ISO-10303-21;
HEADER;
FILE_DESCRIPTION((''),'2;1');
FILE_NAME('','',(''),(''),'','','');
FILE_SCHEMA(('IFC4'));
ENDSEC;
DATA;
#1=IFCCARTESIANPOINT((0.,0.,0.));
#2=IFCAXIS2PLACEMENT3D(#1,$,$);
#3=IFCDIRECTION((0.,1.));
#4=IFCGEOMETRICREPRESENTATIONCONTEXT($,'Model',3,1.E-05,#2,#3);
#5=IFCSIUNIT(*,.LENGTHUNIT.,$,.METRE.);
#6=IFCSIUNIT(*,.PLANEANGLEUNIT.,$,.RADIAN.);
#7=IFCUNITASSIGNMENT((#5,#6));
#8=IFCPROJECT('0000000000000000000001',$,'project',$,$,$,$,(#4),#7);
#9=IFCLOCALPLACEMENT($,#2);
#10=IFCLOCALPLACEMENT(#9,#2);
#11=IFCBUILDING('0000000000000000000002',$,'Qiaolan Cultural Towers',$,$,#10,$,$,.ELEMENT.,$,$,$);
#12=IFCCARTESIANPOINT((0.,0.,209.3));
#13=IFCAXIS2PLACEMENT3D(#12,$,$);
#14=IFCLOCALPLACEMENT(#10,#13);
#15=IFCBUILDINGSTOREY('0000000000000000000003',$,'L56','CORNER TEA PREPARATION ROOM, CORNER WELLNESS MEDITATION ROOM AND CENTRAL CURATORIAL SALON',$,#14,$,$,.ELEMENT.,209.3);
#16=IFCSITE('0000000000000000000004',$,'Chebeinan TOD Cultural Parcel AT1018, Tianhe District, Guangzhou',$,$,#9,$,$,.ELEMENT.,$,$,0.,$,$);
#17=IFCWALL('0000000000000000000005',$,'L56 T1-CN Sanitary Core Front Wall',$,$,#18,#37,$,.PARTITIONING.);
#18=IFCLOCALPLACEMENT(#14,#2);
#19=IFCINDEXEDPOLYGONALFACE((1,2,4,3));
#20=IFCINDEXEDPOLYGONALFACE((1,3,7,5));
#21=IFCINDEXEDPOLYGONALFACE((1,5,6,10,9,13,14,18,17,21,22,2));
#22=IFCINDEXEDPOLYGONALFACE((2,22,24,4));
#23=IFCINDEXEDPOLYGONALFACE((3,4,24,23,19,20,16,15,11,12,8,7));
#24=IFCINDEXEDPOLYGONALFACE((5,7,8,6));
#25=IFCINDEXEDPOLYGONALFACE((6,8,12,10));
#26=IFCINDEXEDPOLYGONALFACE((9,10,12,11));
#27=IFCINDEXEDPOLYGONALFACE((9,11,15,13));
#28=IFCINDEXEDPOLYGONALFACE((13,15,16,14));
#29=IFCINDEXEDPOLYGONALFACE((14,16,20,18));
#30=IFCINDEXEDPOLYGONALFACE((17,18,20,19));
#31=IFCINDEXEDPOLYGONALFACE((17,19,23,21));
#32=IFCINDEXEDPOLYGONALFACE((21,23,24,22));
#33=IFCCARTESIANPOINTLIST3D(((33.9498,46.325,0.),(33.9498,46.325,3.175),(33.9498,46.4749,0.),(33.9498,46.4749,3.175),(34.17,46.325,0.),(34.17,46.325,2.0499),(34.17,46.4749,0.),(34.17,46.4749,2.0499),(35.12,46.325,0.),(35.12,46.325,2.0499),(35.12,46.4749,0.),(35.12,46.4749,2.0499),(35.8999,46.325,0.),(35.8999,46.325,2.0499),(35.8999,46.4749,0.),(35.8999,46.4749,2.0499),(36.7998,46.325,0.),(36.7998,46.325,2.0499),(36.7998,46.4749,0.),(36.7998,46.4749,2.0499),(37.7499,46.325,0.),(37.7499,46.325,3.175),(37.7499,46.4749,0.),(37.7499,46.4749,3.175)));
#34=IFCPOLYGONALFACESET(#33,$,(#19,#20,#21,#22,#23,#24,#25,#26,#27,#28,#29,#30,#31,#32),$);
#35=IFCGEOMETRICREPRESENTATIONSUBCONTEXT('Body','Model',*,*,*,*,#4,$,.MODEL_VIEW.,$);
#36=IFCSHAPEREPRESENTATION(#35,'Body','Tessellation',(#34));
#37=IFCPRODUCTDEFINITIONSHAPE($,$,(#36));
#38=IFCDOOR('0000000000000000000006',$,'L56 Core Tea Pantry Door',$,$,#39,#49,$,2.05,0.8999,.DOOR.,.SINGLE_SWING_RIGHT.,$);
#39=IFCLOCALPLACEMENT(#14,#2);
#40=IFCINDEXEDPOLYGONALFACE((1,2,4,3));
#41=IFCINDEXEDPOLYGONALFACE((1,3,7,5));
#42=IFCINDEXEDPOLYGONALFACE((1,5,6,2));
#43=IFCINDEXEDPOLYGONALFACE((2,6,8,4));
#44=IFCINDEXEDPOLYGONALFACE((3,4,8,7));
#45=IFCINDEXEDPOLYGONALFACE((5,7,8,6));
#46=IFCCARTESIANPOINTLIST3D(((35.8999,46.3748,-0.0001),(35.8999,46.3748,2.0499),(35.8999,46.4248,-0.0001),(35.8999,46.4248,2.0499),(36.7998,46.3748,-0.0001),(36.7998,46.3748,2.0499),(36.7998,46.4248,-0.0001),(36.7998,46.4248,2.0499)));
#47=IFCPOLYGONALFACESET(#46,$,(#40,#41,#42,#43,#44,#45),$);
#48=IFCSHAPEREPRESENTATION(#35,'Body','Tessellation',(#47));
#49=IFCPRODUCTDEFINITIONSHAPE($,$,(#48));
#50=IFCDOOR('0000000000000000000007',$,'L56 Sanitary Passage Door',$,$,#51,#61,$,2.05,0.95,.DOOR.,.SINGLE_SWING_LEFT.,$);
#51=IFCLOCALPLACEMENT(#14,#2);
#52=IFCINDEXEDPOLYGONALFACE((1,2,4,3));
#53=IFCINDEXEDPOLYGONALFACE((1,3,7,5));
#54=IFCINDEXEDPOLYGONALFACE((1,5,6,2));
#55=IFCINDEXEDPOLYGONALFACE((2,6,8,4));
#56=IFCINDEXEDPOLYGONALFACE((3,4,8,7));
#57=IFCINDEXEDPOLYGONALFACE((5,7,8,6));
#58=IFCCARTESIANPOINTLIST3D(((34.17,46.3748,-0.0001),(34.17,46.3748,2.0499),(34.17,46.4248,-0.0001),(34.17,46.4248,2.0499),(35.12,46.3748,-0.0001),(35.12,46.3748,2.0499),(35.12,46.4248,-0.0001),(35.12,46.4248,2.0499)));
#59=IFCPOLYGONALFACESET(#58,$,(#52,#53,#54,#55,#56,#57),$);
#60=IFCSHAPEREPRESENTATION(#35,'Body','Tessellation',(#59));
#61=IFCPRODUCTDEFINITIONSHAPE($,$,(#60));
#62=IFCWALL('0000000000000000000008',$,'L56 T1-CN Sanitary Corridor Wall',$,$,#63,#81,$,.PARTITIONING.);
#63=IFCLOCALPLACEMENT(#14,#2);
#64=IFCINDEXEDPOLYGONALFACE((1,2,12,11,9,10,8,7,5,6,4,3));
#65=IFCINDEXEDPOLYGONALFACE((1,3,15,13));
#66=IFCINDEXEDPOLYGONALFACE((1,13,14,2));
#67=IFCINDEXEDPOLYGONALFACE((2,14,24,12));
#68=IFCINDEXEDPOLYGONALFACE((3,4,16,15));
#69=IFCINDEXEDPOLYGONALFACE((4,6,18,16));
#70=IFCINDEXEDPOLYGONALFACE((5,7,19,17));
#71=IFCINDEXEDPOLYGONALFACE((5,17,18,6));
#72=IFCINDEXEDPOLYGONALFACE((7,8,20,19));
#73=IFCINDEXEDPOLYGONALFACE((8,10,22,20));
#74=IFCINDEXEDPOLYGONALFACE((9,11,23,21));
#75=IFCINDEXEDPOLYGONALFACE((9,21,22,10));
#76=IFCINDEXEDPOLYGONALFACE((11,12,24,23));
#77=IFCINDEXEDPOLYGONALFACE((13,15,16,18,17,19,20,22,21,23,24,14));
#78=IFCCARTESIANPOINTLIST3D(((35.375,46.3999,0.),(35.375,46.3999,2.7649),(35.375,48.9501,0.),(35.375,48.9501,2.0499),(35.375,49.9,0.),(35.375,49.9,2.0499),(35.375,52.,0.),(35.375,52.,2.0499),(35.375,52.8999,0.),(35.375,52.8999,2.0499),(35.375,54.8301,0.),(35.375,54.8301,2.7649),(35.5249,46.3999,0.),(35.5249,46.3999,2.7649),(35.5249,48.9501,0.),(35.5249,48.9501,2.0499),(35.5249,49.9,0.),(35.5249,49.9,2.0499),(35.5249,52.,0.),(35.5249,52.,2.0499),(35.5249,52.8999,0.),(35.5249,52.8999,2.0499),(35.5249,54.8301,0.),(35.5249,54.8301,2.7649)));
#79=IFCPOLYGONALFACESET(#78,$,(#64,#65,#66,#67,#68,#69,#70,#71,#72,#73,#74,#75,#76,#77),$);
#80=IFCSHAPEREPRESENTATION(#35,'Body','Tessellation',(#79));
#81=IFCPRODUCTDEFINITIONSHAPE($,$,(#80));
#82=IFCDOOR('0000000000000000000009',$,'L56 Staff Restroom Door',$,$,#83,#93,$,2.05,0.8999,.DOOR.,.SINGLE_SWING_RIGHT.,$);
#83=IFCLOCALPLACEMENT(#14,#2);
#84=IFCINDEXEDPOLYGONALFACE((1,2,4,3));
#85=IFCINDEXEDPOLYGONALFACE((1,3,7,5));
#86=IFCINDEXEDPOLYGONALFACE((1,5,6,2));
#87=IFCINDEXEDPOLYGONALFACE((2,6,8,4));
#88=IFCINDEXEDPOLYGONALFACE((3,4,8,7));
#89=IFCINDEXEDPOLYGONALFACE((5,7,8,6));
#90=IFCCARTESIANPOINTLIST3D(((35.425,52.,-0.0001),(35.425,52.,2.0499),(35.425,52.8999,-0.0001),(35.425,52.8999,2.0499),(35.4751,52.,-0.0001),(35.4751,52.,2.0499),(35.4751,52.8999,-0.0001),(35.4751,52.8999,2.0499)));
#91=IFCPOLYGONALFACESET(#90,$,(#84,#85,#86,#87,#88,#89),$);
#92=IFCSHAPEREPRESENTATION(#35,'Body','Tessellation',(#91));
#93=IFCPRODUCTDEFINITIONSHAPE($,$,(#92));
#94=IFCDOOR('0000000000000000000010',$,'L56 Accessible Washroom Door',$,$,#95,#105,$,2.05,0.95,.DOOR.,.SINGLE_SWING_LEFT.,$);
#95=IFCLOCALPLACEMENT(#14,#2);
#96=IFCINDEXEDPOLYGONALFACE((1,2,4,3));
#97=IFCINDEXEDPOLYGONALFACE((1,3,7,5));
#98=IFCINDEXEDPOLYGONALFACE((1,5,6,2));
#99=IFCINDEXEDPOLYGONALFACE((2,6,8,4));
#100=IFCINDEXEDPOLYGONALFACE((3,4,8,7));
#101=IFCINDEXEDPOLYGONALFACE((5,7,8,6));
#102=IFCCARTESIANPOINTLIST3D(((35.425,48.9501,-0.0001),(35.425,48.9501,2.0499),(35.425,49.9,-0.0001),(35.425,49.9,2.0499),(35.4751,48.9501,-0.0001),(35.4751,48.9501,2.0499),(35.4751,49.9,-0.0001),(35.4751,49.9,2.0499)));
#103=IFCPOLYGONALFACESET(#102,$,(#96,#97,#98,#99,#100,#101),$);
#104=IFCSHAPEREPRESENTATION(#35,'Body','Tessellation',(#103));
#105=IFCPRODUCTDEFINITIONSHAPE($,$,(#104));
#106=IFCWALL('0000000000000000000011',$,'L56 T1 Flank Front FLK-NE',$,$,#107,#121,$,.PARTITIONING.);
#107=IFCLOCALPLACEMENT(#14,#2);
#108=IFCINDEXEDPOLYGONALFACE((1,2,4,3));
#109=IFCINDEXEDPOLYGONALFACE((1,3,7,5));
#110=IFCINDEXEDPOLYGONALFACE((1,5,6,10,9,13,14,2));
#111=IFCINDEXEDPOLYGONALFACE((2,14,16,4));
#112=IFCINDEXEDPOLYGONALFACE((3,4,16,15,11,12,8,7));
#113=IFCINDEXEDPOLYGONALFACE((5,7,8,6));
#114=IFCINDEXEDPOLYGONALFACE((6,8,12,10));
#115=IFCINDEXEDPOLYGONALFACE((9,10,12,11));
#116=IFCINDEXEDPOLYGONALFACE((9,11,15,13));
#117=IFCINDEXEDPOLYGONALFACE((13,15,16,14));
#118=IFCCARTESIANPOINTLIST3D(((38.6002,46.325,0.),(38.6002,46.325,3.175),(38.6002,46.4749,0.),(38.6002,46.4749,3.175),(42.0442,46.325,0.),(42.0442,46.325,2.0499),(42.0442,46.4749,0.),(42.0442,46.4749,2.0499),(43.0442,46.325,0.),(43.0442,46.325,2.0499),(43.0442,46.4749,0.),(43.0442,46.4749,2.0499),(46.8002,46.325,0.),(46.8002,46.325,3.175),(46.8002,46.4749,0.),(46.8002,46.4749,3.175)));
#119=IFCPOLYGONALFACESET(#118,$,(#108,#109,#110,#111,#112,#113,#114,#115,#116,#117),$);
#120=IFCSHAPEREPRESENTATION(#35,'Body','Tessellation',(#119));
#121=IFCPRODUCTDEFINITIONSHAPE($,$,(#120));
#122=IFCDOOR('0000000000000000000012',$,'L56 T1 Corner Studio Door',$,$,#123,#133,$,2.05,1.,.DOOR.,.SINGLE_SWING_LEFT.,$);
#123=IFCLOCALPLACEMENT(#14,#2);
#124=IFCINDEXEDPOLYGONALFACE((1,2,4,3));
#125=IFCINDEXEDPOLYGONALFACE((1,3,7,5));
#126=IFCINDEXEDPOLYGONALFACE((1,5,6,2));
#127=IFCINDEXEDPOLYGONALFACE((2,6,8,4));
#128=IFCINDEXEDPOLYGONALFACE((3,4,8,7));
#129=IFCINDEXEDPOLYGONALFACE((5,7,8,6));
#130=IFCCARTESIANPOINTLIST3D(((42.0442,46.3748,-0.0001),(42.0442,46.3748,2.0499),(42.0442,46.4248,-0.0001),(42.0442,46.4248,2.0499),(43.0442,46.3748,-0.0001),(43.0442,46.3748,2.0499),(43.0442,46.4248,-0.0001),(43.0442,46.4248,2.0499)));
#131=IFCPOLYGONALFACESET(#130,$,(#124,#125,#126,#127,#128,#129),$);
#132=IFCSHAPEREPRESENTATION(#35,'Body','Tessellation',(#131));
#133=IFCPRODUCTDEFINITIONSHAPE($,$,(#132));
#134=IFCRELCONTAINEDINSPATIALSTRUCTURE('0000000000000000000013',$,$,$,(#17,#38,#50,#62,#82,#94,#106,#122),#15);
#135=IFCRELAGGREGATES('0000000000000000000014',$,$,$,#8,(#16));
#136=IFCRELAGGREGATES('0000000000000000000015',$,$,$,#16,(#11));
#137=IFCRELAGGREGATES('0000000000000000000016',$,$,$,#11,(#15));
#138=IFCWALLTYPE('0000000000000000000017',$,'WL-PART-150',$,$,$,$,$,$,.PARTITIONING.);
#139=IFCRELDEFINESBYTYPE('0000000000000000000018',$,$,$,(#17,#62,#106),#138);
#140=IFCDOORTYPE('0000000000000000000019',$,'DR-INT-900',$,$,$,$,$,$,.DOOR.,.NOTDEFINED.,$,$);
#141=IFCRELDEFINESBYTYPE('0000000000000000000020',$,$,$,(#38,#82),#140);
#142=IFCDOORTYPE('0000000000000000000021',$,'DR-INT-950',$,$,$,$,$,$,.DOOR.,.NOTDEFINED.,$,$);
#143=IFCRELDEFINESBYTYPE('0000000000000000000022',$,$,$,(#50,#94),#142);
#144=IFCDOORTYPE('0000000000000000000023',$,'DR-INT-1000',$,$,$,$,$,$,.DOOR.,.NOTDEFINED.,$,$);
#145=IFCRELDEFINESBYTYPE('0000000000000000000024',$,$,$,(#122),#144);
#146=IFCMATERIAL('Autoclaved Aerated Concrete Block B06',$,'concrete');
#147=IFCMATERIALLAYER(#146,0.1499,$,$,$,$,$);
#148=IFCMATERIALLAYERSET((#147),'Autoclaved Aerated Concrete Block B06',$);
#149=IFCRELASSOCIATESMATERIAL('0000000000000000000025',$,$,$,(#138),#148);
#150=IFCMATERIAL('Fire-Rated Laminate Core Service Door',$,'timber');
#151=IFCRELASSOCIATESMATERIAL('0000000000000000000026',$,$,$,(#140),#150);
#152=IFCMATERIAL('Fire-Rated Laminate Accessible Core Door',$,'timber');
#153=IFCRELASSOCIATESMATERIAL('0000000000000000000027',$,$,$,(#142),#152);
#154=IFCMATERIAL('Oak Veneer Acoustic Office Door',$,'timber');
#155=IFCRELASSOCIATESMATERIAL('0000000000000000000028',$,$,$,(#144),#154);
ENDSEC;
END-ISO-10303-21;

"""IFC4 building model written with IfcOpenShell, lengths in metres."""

from ifc_helpers import new_model, si_unit, direction, frame, frame_2d, origin, place, context, subcontext, project, spatial, rectangle, extrude, material, layer, layer_set, type_object, element, fill, save


model = new_model("IFC4")

# Units and contexts
model_context = context("Model", 3, precision=1e-05, world=origin(), true_north=direction((0.0, 1.0)))
body_context = subcontext(model_context, "Body", "Model", "MODEL_VIEW")
ifc_project = project(units=[si_unit("LENGTHUNIT", "METRE"), si_unit("PLANEANGLEUNIT", "RADIAN")], contexts=[model_context])

# Site, building, storey
site_placement = place(None, origin())
site = spatial("IfcSite", under=ifc_project, at=site_placement, Name="Chebeinan TOD Cultural Parcel AT1018, Tianhe District, Guangzhou", CompositionType="ELEMENT", RefElevation=0.0)
building_placement = place(site_placement, origin())
building = spatial("IfcBuilding", under=site, at=building_placement, Name="Qiaolan Cultural Towers", CompositionType="ELEMENT")
storey_placement = place(building_placement, frame((0.0, 0.0, 209.3)))
storey = spatial("IfcBuildingStorey", under=building, at=storey_placement, Name="L56", Description="CORNER TEA PREPARATION ROOM, CORNER WELLNESS MEDITATION ROOM AND CENTRAL CURATORIAL SALON", CompositionType="ELEMENT", Elevation=209.3)

# Shared definitions
ifc_material_1 = material(Name="Autoclaved Aerated Concrete Block B06", Category="concrete")
ifc_layer_1 = layer(ifc_material_1, 0.1499)
ifc_layer_set_1 = layer_set([ifc_layer_1], Name="Autoclaved Aerated Concrete Block B06")
wall_type_1 = type_object("IfcWallType", Name="WL-PART-150", PredefinedType="PARTITIONING", material=ifc_layer_set_1)

# Walls, openings, doors
wall_1_placement = place(storey_placement, frame((33.95, 46.3999, 0.0), z_axis=(0.0, 0.0, 1.0), x_axis=(1.0, 0.0, 0.0)))
wall_1 = element("IfcWall", 1, at=wall_1_placement, inside=storey, type_object=wall_type_1, Name="L56 T1-CN Sanitary Core Front Wall", PredefinedType="PARTITIONING", context=body_context, shape_type="SweptSolid", body=[
    extrude(rectangle(XDim=3.8, YDim=0.1499, at=frame_2d((1.8999, 0.0))), origin(), (0.0, 0.0, 1.0), 3.175),
])
opening_1_placement = place(wall_1_placement, frame((0.22, 0.0, 0.0)))
opening_1 = element("IfcOpeningElement", 2, at=opening_1_placement, cuts=wall_1, PredefinedType="OPENING", context=body_context, shape_type="SweptSolid", body=[
    extrude(rectangle(XDim=0.95, YDim=2.05, at=frame_2d((0.4751, 1.0249))), frame((0.0, 0.085, 0.0), z_axis=(0.0, -1.0, 0.0), x_axis=(1.0, 0.0, 0.0)), (0.0, 0.0, 1.0), 0.1699),
])
opening_2_placement = place(wall_1_placement, frame((1.95, 0.0, 0.0)))
opening_2 = element("IfcOpeningElement", 3, at=opening_2_placement, cuts=wall_1, PredefinedType="OPENING", context=body_context, shape_type="SweptSolid", body=[
    extrude(rectangle(XDim=0.8999, YDim=2.05, at=frame_2d((0.45, 1.0249))), frame((0.0, 0.085, 0.0), z_axis=(0.0, -1.0, 0.0), x_axis=(1.0, 0.0, 0.0)), (0.0, 0.0, 1.0), 0.1699),
])
ifc_material_2 = material(Name="Fire-Rated Laminate Core Service Door", Category="timber")
door_type_1 = type_object("IfcDoorType", Name="DR-INT-900", OperationType="NOTDEFINED", PredefinedType="DOOR", material=ifc_material_2)
door_1_placement = place(opening_2_placement, origin())
door_1 = element("IfcDoor", 4, at=door_1_placement, inside=storey, type_object=door_type_1, Name="L56 Core Tea Pantry Door", OperationType="SINGLE_SWING_RIGHT", OverallHeight=2.05, OverallWidth=0.8999, PredefinedType="DOOR", context=body_context, shape_type="SweptSolid", body=[
    extrude(rectangle(XDim=0.8999, YDim=2.05, at=frame_2d((0.45, 1.0249))), frame((0.0, 0.0249, 0.0), z_axis=(0.0, -1.0, 0.0), x_axis=(1.0, 0.0, 0.0)), (0.0, 0.0, 1.0), 0.05),
])
fill(opening_2, door_1)
ifc_material_3 = material(Name="Fire-Rated Laminate Accessible Core Door", Category="timber")
door_type_2 = type_object("IfcDoorType", Name="DR-INT-950", OperationType="NOTDEFINED", PredefinedType="DOOR", material=ifc_material_3)
door_2_placement = place(opening_1_placement, origin())
door_2 = element("IfcDoor", 5, at=door_2_placement, inside=storey, type_object=door_type_2, Name="L56 Sanitary Passage Door", OperationType="SINGLE_SWING_LEFT", OverallHeight=2.05, OverallWidth=0.95, PredefinedType="DOOR", context=body_context, shape_type="SweptSolid", body=[
    extrude(rectangle(XDim=0.95, YDim=2.05, at=frame_2d((0.4751, 1.0249))), frame((0.0, 0.0249, 0.0), z_axis=(0.0, -1.0, 0.0), x_axis=(1.0, 0.0, 0.0)), (0.0, 0.0, 1.0), 0.05),
])
fill(opening_1, door_2)
wall_2_placement = place(storey_placement, frame((35.45, 46.3999, 0.0), z_axis=(0.0, 0.0, 1.0), x_axis=(0.0, 1.0, 0.0)))
wall_2 = element("IfcWall", 6, at=wall_2_placement, inside=storey, type_object=wall_type_1, Name="L56 T1-CN Sanitary Corridor Wall", PredefinedType="PARTITIONING", context=body_context, shape_type="SweptSolid", body=[
    extrude(rectangle(XDim=8.4302, YDim=0.1499, at=frame_2d((4.2151, 0.0))), origin(), (0.0, 0.0, 1.0), 2.7649),
])
opening_3_placement = place(wall_2_placement, frame((2.55, 0.0, 0.0)))
opening_3 = element("IfcOpeningElement", 7, at=opening_3_placement, cuts=wall_2, PredefinedType="OPENING", context=body_context, shape_type="SweptSolid", body=[
    extrude(rectangle(XDim=0.95, YDim=2.05, at=frame_2d((0.4751, 1.0249))), frame((0.0, 0.085, 0.0), z_axis=(0.0, -1.0, 0.0), x_axis=(1.0, 0.0, 0.0)), (0.0, 0.0, 1.0), 0.1699),
])
opening_4_placement = place(wall_2_placement, frame((5.6001, 0.0, 0.0)))
opening_4 = element("IfcOpeningElement", 8, at=opening_4_placement, cuts=wall_2, PredefinedType="OPENING", context=body_context, shape_type="SweptSolid", body=[
    extrude(rectangle(XDim=0.8999, YDim=2.05, at=frame_2d((0.45, 1.0249))), frame((0.0, 0.085, 0.0), z_axis=(0.0, -1.0, 0.0), x_axis=(1.0, 0.0, 0.0)), (0.0, 0.0, 1.0), 0.1699),
])
door_3_placement = place(opening_4_placement, origin())
door_3 = element("IfcDoor", 9, at=door_3_placement, inside=storey, type_object=door_type_1, Name="L56 Staff Restroom Door", OperationType="SINGLE_SWING_RIGHT", OverallHeight=2.05, OverallWidth=0.8999, PredefinedType="DOOR", context=body_context, shape_type="SweptSolid", body=[
    extrude(rectangle(XDim=0.8999, YDim=2.05, at=frame_2d((0.45, 1.0249))), frame((0.0, 0.0249, 0.0), z_axis=(0.0, -1.0, 0.0), x_axis=(1.0, 0.0, 0.0)), (0.0, 0.0, 1.0), 0.05),
])
fill(opening_4, door_3)
door_4_placement = place(opening_3_placement, origin())
door_4 = element("IfcDoor", 10, at=door_4_placement, inside=storey, type_object=door_type_2, Name="L56 Accessible Washroom Door", OperationType="SINGLE_SWING_LEFT", OverallHeight=2.05, OverallWidth=0.95, PredefinedType="DOOR", context=body_context, shape_type="SweptSolid", body=[
    extrude(rectangle(XDim=0.95, YDim=2.05, at=frame_2d((0.4751, 1.0249))), frame((0.0, 0.0249, 0.0), z_axis=(0.0, -1.0, 0.0), x_axis=(1.0, 0.0, 0.0)), (0.0, 0.0, 1.0), 0.05),
])
fill(opening_3, door_4)

# Wall, opening, door
wall_3_placement = place(storey_placement, frame((38.6001, 46.3999, 0.0), z_axis=(0.0, 0.0, 1.0), x_axis=(1.0, 0.0, 0.0)))
wall_3 = element("IfcWall", 11, at=wall_3_placement, inside=storey, type_object=wall_type_1, Name="L56 T1 Flank Front FLK-NE", PredefinedType="PARTITIONING", context=body_context, shape_type="SweptSolid", body=[
    extrude(rectangle(XDim=8.2, YDim=0.1499, at=frame_2d((4.1001, 0.0))), origin(), (0.0, 0.0, 1.0), 3.175),
])
opening_5_placement = place(wall_3_placement, frame((3.4441, 0.0, 0.0)))
opening_5 = element("IfcOpeningElement", 12, at=opening_5_placement, cuts=wall_3, PredefinedType="OPENING", context=body_context, shape_type="SweptSolid", body=[
    extrude(rectangle(XDim=1.0, YDim=2.05, at=frame_2d((0.5, 1.0249))), frame((0.0, 0.085, 0.0), z_axis=(0.0, -1.0, 0.0), x_axis=(1.0, 0.0, 0.0)), (0.0, 0.0, 1.0), 0.1699),
])
ifc_material_4 = material(Name="Oak Veneer Acoustic Office Door", Category="timber")
door_type_3 = type_object("IfcDoorType", Name="DR-INT-1000", OperationType="NOTDEFINED", PredefinedType="DOOR", material=ifc_material_4)
door_5_placement = place(opening_5_placement, origin())
door_5 = element("IfcDoor", 13, at=door_5_placement, inside=storey, type_object=door_type_3, Name="L56 T1 Corner Studio Door", OperationType="SINGLE_SWING_LEFT", OverallHeight=2.05, OverallWidth=1.0, PredefinedType="DOOR", context=body_context, shape_type="SweptSolid", body=[
    extrude(rectangle(XDim=1.0, YDim=2.05, at=frame_2d((0.5, 1.0249))), frame((0.0, 0.0249, 0.0), z_axis=(0.0, -1.0, 0.0), x_axis=(1.0, 0.0, 0.0)), (0.0, 0.0, 1.0), 0.05),
])
fill(opening_5, door_5)

save(model, "model.ifc")
